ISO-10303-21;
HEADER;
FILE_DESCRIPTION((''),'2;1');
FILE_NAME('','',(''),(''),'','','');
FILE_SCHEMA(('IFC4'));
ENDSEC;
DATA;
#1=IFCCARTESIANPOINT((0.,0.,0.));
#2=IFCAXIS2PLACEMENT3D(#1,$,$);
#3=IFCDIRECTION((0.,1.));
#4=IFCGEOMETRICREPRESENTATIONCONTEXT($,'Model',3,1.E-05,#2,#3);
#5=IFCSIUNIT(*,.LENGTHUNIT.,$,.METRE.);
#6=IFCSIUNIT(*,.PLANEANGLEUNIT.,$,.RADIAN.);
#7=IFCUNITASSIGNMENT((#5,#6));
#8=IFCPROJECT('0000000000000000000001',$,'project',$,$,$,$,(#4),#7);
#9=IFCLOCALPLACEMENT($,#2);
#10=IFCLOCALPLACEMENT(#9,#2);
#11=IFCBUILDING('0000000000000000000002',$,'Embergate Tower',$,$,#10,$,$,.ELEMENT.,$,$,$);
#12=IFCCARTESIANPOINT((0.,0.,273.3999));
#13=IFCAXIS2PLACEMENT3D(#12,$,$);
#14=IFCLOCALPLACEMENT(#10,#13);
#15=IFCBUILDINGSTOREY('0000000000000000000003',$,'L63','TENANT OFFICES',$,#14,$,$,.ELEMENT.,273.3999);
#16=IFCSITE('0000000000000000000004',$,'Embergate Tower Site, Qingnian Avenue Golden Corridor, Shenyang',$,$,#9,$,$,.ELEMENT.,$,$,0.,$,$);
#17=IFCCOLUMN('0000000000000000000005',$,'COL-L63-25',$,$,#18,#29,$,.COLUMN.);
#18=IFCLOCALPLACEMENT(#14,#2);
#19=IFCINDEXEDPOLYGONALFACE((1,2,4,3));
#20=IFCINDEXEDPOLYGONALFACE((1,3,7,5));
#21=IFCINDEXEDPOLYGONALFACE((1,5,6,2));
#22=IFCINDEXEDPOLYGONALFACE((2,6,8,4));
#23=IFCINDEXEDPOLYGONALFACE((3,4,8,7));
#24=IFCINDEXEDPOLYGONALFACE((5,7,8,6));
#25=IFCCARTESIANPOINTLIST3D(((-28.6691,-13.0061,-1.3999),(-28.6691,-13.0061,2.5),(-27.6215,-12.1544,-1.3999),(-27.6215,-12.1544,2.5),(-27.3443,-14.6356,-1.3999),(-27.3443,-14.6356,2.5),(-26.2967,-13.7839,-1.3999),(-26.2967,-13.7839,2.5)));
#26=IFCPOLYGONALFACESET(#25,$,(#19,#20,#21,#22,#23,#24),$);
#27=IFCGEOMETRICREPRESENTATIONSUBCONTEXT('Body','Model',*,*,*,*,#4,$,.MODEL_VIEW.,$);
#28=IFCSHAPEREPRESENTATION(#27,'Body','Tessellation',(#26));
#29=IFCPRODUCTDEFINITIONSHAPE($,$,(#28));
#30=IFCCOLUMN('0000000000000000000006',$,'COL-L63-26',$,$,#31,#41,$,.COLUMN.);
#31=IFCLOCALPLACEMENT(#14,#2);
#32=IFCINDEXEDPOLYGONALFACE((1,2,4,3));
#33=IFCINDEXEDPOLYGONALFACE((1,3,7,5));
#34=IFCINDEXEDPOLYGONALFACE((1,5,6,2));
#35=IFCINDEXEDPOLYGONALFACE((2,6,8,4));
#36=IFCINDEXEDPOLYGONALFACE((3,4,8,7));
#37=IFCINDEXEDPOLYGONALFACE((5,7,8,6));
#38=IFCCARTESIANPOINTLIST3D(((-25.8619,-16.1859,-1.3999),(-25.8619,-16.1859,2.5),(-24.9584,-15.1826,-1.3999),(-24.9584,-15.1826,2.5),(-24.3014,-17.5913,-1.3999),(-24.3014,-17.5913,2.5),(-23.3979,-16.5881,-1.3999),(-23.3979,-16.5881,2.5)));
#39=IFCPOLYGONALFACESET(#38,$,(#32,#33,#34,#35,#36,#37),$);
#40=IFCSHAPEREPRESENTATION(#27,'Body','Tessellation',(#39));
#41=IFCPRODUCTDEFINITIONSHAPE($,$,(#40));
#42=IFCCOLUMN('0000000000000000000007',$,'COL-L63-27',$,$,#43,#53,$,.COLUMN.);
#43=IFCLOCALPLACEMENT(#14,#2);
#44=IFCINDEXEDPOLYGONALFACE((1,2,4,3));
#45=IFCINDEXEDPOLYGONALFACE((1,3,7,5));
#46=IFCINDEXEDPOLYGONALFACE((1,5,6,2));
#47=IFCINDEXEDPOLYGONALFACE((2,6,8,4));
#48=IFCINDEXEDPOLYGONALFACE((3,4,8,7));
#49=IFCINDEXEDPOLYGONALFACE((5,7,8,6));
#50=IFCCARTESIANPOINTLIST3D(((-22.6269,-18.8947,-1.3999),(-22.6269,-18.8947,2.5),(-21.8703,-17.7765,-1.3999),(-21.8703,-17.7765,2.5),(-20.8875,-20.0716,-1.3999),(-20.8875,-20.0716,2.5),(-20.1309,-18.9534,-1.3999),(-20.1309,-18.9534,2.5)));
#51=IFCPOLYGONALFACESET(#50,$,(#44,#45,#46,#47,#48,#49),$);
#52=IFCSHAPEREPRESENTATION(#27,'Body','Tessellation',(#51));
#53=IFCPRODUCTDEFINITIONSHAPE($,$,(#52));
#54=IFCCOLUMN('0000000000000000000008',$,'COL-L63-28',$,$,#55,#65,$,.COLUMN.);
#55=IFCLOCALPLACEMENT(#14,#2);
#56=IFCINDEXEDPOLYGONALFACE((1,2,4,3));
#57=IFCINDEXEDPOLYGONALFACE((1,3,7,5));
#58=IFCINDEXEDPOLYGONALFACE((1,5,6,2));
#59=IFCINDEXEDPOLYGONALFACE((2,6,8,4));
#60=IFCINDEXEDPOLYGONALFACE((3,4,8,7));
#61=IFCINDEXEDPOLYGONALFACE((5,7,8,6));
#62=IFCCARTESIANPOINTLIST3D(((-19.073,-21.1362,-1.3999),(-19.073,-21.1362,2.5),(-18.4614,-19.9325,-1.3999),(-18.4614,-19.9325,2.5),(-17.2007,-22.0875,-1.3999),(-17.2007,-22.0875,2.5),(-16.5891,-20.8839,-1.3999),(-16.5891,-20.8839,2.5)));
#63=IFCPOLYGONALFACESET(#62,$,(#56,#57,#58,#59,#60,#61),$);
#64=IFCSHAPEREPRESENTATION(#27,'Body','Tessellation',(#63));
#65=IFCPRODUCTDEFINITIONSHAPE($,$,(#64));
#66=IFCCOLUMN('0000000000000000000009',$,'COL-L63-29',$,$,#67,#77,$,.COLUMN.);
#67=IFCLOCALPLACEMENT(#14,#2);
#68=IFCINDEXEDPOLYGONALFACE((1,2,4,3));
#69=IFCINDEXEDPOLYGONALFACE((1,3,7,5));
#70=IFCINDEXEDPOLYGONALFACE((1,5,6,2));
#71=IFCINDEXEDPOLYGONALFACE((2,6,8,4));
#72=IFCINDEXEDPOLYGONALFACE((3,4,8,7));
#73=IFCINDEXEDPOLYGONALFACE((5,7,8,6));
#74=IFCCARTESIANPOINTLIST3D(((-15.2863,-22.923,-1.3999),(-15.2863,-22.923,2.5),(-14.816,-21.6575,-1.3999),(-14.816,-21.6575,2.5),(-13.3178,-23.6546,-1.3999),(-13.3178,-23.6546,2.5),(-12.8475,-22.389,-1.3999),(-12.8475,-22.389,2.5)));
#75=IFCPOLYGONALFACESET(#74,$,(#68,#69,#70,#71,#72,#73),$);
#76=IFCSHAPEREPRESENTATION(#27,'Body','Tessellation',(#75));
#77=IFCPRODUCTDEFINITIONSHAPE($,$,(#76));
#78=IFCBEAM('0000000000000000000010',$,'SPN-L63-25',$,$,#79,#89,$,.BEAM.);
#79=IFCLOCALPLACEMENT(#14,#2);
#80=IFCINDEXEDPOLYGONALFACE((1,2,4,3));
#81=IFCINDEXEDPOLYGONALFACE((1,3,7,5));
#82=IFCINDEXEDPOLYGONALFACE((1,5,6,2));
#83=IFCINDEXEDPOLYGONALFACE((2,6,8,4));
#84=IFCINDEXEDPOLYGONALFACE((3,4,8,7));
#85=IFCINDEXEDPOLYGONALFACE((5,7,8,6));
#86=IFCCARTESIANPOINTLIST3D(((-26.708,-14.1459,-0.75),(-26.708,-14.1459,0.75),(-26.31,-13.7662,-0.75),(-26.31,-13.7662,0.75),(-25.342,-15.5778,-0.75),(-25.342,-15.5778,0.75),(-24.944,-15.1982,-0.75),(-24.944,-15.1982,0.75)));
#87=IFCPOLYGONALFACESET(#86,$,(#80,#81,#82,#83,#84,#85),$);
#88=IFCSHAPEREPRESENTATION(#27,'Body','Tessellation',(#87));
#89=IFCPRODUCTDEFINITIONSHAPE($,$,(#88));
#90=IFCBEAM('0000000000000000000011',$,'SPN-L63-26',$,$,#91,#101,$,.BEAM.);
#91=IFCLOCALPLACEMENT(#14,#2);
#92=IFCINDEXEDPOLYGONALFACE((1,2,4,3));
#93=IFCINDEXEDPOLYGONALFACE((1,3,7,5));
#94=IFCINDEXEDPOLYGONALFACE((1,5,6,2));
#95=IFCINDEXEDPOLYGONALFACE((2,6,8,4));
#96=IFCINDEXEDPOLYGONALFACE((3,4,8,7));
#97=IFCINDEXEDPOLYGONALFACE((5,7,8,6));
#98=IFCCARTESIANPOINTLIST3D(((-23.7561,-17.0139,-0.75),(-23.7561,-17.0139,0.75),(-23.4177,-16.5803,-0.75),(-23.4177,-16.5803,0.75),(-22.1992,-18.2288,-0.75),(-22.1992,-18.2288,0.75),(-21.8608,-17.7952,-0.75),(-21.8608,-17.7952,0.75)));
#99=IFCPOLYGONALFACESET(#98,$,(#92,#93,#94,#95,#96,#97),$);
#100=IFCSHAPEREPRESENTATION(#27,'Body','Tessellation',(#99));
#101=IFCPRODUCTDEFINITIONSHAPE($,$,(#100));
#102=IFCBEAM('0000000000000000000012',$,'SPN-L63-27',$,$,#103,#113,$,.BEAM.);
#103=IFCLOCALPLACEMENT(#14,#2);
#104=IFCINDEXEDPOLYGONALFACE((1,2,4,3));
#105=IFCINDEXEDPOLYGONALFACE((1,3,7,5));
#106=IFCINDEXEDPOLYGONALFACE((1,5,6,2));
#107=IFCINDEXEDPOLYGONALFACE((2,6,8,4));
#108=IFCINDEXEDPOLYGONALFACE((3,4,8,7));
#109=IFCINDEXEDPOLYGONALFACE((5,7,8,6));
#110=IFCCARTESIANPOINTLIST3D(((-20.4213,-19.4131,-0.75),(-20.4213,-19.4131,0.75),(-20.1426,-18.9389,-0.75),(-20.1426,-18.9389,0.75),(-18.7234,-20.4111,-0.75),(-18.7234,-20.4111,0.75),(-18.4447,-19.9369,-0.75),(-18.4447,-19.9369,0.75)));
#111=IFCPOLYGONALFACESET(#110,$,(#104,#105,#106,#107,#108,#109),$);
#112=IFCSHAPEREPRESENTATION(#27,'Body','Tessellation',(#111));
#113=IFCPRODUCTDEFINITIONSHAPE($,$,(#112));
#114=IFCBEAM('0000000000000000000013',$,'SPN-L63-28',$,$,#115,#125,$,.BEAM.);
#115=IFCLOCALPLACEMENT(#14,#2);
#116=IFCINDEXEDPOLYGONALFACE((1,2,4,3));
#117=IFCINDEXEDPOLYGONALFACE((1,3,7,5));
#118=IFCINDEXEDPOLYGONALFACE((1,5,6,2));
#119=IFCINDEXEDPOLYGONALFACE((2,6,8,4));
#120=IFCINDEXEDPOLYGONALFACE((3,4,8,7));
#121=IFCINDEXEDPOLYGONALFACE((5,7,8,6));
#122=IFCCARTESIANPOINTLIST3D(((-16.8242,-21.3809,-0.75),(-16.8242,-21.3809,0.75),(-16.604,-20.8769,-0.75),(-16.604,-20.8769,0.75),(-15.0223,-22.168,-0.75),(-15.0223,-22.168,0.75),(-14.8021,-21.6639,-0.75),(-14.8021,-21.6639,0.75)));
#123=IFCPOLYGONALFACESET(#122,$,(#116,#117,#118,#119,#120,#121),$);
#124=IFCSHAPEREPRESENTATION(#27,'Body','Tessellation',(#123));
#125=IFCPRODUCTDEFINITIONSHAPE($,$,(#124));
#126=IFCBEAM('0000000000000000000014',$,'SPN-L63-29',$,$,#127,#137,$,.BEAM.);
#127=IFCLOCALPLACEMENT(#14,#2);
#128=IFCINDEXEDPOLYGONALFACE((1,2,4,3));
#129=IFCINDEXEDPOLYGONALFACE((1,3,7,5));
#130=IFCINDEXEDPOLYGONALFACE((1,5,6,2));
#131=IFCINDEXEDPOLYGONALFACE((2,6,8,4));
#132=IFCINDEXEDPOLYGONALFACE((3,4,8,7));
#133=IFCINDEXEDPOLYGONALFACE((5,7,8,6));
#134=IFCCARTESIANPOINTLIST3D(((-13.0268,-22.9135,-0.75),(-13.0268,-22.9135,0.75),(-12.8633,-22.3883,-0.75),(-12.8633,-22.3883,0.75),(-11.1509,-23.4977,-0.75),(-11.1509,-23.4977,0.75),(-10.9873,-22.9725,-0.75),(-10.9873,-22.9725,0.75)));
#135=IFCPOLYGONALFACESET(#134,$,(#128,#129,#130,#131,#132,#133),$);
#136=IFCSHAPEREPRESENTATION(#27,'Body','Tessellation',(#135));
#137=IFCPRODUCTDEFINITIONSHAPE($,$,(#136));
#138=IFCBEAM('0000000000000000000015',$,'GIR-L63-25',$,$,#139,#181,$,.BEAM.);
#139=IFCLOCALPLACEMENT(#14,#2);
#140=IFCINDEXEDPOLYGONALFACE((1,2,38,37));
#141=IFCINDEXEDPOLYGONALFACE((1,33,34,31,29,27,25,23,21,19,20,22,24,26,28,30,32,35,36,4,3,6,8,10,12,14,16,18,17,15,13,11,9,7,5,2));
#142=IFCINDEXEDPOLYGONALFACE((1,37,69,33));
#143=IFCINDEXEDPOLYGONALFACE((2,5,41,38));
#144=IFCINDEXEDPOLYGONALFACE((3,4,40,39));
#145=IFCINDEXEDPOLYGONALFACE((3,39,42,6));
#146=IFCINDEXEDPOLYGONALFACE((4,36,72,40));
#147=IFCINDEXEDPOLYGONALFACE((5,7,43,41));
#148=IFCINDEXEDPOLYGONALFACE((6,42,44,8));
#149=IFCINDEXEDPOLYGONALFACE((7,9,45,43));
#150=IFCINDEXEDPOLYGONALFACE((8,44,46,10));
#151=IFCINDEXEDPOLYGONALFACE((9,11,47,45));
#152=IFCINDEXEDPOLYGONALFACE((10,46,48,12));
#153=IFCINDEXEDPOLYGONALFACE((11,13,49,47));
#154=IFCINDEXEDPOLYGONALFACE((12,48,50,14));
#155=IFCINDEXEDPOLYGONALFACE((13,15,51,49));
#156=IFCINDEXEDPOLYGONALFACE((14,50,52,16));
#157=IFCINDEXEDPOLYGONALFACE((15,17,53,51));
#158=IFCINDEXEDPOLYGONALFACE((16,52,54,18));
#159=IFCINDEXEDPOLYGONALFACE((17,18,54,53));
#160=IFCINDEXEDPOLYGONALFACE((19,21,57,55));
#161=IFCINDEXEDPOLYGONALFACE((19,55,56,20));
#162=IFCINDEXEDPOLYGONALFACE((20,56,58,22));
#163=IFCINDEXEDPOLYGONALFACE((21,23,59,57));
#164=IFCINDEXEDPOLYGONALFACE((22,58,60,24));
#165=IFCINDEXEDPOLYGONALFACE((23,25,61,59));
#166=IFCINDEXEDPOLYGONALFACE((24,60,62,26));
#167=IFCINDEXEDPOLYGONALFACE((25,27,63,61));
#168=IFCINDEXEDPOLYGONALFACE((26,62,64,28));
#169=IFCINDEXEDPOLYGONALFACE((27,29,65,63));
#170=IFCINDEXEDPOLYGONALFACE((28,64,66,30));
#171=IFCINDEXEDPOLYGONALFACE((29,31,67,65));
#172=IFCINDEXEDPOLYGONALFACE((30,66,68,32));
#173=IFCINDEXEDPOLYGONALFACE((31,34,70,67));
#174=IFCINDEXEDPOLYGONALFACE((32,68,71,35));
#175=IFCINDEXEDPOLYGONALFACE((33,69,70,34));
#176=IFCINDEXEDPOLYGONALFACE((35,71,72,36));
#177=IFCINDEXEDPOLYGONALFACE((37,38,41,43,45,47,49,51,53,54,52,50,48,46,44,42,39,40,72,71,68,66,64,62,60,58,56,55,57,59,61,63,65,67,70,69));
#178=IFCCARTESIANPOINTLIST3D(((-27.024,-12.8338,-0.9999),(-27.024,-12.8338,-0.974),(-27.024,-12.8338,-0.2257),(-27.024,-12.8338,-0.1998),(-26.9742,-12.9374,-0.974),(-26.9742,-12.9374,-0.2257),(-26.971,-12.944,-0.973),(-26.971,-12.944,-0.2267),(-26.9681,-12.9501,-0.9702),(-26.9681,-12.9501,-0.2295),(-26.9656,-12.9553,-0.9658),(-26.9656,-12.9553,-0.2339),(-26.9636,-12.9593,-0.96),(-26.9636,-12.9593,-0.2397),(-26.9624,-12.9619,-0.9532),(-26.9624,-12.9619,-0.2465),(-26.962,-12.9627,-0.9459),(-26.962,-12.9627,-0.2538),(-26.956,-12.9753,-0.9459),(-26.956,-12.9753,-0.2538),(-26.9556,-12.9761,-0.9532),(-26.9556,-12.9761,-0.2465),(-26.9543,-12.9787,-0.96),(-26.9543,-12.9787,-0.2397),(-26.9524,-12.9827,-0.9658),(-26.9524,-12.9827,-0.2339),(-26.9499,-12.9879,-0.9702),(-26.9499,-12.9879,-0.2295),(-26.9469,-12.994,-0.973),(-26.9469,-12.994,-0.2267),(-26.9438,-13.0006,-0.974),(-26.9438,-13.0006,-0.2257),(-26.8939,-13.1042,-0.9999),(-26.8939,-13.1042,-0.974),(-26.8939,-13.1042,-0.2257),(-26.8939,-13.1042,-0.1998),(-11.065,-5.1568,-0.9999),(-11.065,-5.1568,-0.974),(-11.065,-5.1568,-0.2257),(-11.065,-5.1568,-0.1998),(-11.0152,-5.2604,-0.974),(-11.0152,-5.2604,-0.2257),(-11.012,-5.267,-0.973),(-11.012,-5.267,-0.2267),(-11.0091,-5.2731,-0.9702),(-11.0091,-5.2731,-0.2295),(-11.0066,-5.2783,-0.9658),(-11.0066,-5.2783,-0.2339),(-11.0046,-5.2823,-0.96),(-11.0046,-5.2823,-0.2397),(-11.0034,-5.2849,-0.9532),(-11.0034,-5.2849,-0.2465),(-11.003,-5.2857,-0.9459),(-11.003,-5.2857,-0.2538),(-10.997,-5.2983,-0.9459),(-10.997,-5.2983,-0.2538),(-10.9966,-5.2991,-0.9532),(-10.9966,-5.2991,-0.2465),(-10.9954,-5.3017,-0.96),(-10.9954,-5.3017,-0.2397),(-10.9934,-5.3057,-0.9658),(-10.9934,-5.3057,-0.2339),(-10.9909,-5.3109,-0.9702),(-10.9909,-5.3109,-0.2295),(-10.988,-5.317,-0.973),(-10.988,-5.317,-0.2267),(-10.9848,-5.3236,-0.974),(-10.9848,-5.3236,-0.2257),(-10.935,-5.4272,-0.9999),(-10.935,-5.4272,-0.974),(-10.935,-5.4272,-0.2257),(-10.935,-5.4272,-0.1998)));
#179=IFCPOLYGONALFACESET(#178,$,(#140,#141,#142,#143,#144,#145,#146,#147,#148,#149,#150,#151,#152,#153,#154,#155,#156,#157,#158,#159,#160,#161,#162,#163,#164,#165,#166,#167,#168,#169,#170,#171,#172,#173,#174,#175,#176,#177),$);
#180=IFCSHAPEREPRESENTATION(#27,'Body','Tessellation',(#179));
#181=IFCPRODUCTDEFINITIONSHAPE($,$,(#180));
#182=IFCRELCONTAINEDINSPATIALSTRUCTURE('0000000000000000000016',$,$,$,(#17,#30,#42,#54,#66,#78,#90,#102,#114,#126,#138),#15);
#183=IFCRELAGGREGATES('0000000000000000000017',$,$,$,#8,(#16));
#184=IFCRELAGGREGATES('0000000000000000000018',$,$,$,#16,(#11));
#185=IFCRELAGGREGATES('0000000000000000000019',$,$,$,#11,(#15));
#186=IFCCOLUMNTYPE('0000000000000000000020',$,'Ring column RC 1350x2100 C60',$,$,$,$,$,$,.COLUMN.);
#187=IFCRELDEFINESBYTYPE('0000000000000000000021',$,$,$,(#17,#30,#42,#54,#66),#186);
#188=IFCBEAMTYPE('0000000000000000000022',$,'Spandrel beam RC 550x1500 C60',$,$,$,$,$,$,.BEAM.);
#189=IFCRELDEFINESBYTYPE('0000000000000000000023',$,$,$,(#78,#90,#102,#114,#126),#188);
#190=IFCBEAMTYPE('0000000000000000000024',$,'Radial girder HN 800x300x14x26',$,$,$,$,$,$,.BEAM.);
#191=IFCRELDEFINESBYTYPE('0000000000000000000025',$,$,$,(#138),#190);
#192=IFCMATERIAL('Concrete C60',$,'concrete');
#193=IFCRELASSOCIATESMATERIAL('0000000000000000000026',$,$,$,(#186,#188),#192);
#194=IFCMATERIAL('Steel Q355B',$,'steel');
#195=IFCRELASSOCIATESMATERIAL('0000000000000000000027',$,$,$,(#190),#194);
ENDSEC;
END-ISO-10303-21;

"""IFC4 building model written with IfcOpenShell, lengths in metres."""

from ifc_helpers import new_model, si_unit, direction, frame, origin, origin_2d, place, context, subcontext, project, spatial, rectangle, i_section, extrude, source, transform, mapped, material, material_profile, profile_set, type_object, element, save


model = new_model("IFC4")

# Units and contexts
model_context = context("Model", 3, precision=1e-05, world=origin(), true_north=direction((0.0, 1.0)))
body_context = subcontext(model_context, "Body", "Model", "MODEL_VIEW")
ifc_project = project(units=[si_unit("LENGTHUNIT", "METRE"), si_unit("PLANEANGLEUNIT", "RADIAN")], contexts=[model_context])

# Site, building, storey
site_placement = place(None, origin())
site = spatial("IfcSite", under=ifc_project, at=site_placement, Name="Embergate Tower Site, Qingnian Avenue Golden Corridor, Shenyang", CompositionType="ELEMENT", RefElevation=0.0)
building_placement = place(site_placement, origin())
building = spatial("IfcBuilding", under=site, at=building_placement, Name="Embergate Tower", CompositionType="ELEMENT")
storey_placement = place(building_placement, frame((0.0, 0.0, 273.3999)))
storey = spatial("IfcBuildingStorey", under=building, at=storey_placement, Name="L63", Description="TENANT OFFICES", CompositionType="ELEMENT", Elevation=273.3999)

# Columns
ifc_material_1 = material(Name="Concrete C60", Category="concrete")
ifc_material_profile_1 = material_profile(ifc_material_1, rectangle(XDim=1.3501, YDim=2.1001, at=origin_2d()), Name="RC 1350x2100")
ifc_profile_set_1 = profile_set([ifc_material_profile_1], Name="Concrete C60")
column_type = type_object("IfcColumnType", Name="Ring column RC 1350x2100 C60", PredefinedType="COLUMN", material=ifc_profile_set_1)
shared_shape_1 = source(origin(), body_context, "Body", "SweptSolid", [
    extrude(rectangle(XDim=1.3501, YDim=2.1001, at=origin_2d()), origin(), (0.0, 0.0, 1.0), 3.8999),
])
for number, where, z_axis, x_axis, name in (
    (1, (-27.4829, -13.395, -1.3999), (0.0, 0.0, 1.0), (-0.775914, -0.630838, 0.0), "COL-L63-25"),
    (2, (-24.6299, -16.387, -1.3999), (0.0, 0.0, 1.0), (-0.669208, -0.743075, 0.0), "COL-L63-26"),
    (3, (-21.3789, -18.9241, -1.3999), (0.0, 0.0, 1.0), (-0.560393, -0.828227, 0.0), "COL-L63-27"),
    (4, (-17.8311, -21.01, -1.3999), (0.0, 0.0, 1.0), (-0.452995, -0.891513, 0.0), "COL-L63-28"),
    (5, (-14.0669, -22.656, -1.3999), (0.0, 0.0, 1.0), (-0.348343, -0.937367, 0.0), "COL-L63-29"),
):
    element("IfcColumn", number, at=place(storey_placement, frame(where, z_axis=z_axis, x_axis=x_axis)), inside=storey, type_object=column_type, Name=name, PredefinedType="COLUMN", context=body_context, shape_type="MappedRepresentation", body=[
        mapped(shared_shape_1, transform((0.0, 0.0, 0.0))),
    ])

# Beams
ifc_material_profile_2 = material_profile(ifc_material_1, rectangle(XDim=0.55, YDim=1.5, at=origin_2d()), Name="RC 550x1500")
ifc_profile_set_2 = profile_set([ifc_material_profile_2], Name="Concrete C60")
beam_type_1 = type_object("IfcBeamType", Name="Spandrel beam RC 550x1500 C60", PredefinedType="BEAM", material=ifc_profile_set_2)
shared_shape_2 = source(origin(), body_context, "Body", "SweptSolid", [
    extrude(rectangle(XDim=0.55, YDim=1.5, at=origin_2d()), origin(), (0.0, 0.0, 1.0), 1.979),
])
beam_1_placement = place(storey_placement, frame((-26.509, -13.9561, 0.0), z_axis=(0.690256, -0.723566, 0.0), x_axis=(0.723566, 0.690256, 0.0)))
element("IfcBeam", 6, at=beam_1_placement, inside=storey, type_object=beam_type_1, Name="SPN-L63-25", PredefinedType="BEAM", context=body_context, shape_type="MappedRepresentation", body=[
    mapped(shared_shape_2, transform((0.0, 0.0, 0.0))),
])
shared_shape_3 = source(origin(), body_context, "Body", "SweptSolid", [
    extrude(rectangle(XDim=0.55, YDim=1.5, at=origin_2d()), origin(), (0.0, 0.0, 1.0), 1.9749),
])
beam_2_placement = place(storey_placement, frame((-23.5869, -16.7971, 0.0), z_axis=(0.788386, -0.615181, 0.0), x_axis=(0.615181, 0.788386, 0.0)))
element("IfcBeam", 7, at=beam_2_placement, inside=storey, type_object=beam_type_1, Name="SPN-L63-26", PredefinedType="BEAM", context=body_context, shape_type="MappedRepresentation", body=[
    mapped(shared_shape_3, transform((0.0, 0.0, 0.0))),
])
shared_shape_4 = source(origin(), body_context, "Body", "SweptSolid", [
    extrude(rectangle(XDim=0.55, YDim=1.5, at=origin_2d()), origin(), (0.0, 0.0, 1.0), 1.9695),
])
beam_3_placement = place(storey_placement, frame((-20.282, -19.176, 0.0), z_axis=(0.862106, -0.506728, 0.0), x_axis=(0.506728, 0.862106, 0.0)))
element("IfcBeam", 8, at=beam_3_placement, inside=storey, type_object=beam_type_1, Name="SPN-L63-27", PredefinedType="BEAM", context=body_context, shape_type="MappedRepresentation", body=[
    mapped(shared_shape_4, transform((0.0, 0.0, 0.0))),
])
shared_shape_5 = source(origin(), body_context, "Body", "SweptSolid", [
    extrude(rectangle(XDim=0.55, YDim=1.5, at=origin_2d()), origin(), (0.0, 0.0, 1.0), 1.9663),
])
beam_4_placement = place(storey_placement, frame((-16.7141, -21.1289, 0.0), z_axis=(0.916394, -0.400278, 0.0), x_axis=(0.400278, 0.916394, 0.0)))
element("IfcBeam", 9, at=beam_4_placement, inside=storey, type_object=beam_type_1, Name="SPN-L63-28", PredefinedType="BEAM", context=body_context, shape_type="MappedRepresentation", body=[
    mapped(shared_shape_5, transform((0.0, 0.0, 0.0))),
])
shared_shape_6 = source(origin(), body_context, "Body", "SweptSolid", [
    extrude(rectangle(XDim=0.55, YDim=1.5, at=origin_2d()), origin(), (0.0, 0.0, 1.0), 1.9648),
])
beam_5_placement = place(storey_placement, frame((-12.9451, -22.6509, 0.0), z_axis=(0.954771, -0.297341, 0.0), x_axis=(0.297341, 0.954771, 0.0)))
element("IfcBeam", 10, at=beam_5_placement, inside=storey, type_object=beam_type_1, Name="SPN-L63-29", PredefinedType="BEAM", context=body_context, shape_type="MappedRepresentation", body=[
    mapped(shared_shape_6, transform((0.0, 0.0, 0.0))),
])
ifc_material_2 = material(Name="Steel Q355B", Category="steel")
ifc_material_profile_3 = material_profile(ifc_material_2, i_section(OverallWidth=0.3, OverallDepth=0.8, WebThickness=0.0139, FlangeThickness=0.0259, FilletRadius=0.0281, at=origin_2d()), Name="HN 800x300x14x26")
ifc_profile_set_3 = profile_set([ifc_material_profile_3], Name="Steel Q355 grade B")
beam_type_2 = type_object("IfcBeamType", Name="Radial girder HN 800x300x14x26", PredefinedType="BEAM", material=ifc_profile_set_3)
shared_shape_7 = source(origin(), body_context, "Body", "SweptSolid", [
    extrude(i_section(OverallWidth=0.3, OverallDepth=0.8, WebThickness=0.0139, FlangeThickness=0.0259, FilletRadius=0.0281, at=origin_2d()), origin(), (0.0, 0.0, 1.0), 17.7095),
])
beam_6_placement = place(storey_placement, frame((-26.959, -12.969, -0.5999), z_axis=(0.901155, 0.433497, 0.0), x_axis=(-0.433497, 0.901155, 0.0)))
element("IfcBeam", 11, at=beam_6_placement, inside=storey, type_object=beam_type_2, Name="GIR-L63-25", PredefinedType="BEAM", context=body_context, shape_type="MappedRepresentation", body=[
    mapped(shared_shape_7, transform((0.0, 0.0, 0.0))),
])

save(model, "model.ifc")
